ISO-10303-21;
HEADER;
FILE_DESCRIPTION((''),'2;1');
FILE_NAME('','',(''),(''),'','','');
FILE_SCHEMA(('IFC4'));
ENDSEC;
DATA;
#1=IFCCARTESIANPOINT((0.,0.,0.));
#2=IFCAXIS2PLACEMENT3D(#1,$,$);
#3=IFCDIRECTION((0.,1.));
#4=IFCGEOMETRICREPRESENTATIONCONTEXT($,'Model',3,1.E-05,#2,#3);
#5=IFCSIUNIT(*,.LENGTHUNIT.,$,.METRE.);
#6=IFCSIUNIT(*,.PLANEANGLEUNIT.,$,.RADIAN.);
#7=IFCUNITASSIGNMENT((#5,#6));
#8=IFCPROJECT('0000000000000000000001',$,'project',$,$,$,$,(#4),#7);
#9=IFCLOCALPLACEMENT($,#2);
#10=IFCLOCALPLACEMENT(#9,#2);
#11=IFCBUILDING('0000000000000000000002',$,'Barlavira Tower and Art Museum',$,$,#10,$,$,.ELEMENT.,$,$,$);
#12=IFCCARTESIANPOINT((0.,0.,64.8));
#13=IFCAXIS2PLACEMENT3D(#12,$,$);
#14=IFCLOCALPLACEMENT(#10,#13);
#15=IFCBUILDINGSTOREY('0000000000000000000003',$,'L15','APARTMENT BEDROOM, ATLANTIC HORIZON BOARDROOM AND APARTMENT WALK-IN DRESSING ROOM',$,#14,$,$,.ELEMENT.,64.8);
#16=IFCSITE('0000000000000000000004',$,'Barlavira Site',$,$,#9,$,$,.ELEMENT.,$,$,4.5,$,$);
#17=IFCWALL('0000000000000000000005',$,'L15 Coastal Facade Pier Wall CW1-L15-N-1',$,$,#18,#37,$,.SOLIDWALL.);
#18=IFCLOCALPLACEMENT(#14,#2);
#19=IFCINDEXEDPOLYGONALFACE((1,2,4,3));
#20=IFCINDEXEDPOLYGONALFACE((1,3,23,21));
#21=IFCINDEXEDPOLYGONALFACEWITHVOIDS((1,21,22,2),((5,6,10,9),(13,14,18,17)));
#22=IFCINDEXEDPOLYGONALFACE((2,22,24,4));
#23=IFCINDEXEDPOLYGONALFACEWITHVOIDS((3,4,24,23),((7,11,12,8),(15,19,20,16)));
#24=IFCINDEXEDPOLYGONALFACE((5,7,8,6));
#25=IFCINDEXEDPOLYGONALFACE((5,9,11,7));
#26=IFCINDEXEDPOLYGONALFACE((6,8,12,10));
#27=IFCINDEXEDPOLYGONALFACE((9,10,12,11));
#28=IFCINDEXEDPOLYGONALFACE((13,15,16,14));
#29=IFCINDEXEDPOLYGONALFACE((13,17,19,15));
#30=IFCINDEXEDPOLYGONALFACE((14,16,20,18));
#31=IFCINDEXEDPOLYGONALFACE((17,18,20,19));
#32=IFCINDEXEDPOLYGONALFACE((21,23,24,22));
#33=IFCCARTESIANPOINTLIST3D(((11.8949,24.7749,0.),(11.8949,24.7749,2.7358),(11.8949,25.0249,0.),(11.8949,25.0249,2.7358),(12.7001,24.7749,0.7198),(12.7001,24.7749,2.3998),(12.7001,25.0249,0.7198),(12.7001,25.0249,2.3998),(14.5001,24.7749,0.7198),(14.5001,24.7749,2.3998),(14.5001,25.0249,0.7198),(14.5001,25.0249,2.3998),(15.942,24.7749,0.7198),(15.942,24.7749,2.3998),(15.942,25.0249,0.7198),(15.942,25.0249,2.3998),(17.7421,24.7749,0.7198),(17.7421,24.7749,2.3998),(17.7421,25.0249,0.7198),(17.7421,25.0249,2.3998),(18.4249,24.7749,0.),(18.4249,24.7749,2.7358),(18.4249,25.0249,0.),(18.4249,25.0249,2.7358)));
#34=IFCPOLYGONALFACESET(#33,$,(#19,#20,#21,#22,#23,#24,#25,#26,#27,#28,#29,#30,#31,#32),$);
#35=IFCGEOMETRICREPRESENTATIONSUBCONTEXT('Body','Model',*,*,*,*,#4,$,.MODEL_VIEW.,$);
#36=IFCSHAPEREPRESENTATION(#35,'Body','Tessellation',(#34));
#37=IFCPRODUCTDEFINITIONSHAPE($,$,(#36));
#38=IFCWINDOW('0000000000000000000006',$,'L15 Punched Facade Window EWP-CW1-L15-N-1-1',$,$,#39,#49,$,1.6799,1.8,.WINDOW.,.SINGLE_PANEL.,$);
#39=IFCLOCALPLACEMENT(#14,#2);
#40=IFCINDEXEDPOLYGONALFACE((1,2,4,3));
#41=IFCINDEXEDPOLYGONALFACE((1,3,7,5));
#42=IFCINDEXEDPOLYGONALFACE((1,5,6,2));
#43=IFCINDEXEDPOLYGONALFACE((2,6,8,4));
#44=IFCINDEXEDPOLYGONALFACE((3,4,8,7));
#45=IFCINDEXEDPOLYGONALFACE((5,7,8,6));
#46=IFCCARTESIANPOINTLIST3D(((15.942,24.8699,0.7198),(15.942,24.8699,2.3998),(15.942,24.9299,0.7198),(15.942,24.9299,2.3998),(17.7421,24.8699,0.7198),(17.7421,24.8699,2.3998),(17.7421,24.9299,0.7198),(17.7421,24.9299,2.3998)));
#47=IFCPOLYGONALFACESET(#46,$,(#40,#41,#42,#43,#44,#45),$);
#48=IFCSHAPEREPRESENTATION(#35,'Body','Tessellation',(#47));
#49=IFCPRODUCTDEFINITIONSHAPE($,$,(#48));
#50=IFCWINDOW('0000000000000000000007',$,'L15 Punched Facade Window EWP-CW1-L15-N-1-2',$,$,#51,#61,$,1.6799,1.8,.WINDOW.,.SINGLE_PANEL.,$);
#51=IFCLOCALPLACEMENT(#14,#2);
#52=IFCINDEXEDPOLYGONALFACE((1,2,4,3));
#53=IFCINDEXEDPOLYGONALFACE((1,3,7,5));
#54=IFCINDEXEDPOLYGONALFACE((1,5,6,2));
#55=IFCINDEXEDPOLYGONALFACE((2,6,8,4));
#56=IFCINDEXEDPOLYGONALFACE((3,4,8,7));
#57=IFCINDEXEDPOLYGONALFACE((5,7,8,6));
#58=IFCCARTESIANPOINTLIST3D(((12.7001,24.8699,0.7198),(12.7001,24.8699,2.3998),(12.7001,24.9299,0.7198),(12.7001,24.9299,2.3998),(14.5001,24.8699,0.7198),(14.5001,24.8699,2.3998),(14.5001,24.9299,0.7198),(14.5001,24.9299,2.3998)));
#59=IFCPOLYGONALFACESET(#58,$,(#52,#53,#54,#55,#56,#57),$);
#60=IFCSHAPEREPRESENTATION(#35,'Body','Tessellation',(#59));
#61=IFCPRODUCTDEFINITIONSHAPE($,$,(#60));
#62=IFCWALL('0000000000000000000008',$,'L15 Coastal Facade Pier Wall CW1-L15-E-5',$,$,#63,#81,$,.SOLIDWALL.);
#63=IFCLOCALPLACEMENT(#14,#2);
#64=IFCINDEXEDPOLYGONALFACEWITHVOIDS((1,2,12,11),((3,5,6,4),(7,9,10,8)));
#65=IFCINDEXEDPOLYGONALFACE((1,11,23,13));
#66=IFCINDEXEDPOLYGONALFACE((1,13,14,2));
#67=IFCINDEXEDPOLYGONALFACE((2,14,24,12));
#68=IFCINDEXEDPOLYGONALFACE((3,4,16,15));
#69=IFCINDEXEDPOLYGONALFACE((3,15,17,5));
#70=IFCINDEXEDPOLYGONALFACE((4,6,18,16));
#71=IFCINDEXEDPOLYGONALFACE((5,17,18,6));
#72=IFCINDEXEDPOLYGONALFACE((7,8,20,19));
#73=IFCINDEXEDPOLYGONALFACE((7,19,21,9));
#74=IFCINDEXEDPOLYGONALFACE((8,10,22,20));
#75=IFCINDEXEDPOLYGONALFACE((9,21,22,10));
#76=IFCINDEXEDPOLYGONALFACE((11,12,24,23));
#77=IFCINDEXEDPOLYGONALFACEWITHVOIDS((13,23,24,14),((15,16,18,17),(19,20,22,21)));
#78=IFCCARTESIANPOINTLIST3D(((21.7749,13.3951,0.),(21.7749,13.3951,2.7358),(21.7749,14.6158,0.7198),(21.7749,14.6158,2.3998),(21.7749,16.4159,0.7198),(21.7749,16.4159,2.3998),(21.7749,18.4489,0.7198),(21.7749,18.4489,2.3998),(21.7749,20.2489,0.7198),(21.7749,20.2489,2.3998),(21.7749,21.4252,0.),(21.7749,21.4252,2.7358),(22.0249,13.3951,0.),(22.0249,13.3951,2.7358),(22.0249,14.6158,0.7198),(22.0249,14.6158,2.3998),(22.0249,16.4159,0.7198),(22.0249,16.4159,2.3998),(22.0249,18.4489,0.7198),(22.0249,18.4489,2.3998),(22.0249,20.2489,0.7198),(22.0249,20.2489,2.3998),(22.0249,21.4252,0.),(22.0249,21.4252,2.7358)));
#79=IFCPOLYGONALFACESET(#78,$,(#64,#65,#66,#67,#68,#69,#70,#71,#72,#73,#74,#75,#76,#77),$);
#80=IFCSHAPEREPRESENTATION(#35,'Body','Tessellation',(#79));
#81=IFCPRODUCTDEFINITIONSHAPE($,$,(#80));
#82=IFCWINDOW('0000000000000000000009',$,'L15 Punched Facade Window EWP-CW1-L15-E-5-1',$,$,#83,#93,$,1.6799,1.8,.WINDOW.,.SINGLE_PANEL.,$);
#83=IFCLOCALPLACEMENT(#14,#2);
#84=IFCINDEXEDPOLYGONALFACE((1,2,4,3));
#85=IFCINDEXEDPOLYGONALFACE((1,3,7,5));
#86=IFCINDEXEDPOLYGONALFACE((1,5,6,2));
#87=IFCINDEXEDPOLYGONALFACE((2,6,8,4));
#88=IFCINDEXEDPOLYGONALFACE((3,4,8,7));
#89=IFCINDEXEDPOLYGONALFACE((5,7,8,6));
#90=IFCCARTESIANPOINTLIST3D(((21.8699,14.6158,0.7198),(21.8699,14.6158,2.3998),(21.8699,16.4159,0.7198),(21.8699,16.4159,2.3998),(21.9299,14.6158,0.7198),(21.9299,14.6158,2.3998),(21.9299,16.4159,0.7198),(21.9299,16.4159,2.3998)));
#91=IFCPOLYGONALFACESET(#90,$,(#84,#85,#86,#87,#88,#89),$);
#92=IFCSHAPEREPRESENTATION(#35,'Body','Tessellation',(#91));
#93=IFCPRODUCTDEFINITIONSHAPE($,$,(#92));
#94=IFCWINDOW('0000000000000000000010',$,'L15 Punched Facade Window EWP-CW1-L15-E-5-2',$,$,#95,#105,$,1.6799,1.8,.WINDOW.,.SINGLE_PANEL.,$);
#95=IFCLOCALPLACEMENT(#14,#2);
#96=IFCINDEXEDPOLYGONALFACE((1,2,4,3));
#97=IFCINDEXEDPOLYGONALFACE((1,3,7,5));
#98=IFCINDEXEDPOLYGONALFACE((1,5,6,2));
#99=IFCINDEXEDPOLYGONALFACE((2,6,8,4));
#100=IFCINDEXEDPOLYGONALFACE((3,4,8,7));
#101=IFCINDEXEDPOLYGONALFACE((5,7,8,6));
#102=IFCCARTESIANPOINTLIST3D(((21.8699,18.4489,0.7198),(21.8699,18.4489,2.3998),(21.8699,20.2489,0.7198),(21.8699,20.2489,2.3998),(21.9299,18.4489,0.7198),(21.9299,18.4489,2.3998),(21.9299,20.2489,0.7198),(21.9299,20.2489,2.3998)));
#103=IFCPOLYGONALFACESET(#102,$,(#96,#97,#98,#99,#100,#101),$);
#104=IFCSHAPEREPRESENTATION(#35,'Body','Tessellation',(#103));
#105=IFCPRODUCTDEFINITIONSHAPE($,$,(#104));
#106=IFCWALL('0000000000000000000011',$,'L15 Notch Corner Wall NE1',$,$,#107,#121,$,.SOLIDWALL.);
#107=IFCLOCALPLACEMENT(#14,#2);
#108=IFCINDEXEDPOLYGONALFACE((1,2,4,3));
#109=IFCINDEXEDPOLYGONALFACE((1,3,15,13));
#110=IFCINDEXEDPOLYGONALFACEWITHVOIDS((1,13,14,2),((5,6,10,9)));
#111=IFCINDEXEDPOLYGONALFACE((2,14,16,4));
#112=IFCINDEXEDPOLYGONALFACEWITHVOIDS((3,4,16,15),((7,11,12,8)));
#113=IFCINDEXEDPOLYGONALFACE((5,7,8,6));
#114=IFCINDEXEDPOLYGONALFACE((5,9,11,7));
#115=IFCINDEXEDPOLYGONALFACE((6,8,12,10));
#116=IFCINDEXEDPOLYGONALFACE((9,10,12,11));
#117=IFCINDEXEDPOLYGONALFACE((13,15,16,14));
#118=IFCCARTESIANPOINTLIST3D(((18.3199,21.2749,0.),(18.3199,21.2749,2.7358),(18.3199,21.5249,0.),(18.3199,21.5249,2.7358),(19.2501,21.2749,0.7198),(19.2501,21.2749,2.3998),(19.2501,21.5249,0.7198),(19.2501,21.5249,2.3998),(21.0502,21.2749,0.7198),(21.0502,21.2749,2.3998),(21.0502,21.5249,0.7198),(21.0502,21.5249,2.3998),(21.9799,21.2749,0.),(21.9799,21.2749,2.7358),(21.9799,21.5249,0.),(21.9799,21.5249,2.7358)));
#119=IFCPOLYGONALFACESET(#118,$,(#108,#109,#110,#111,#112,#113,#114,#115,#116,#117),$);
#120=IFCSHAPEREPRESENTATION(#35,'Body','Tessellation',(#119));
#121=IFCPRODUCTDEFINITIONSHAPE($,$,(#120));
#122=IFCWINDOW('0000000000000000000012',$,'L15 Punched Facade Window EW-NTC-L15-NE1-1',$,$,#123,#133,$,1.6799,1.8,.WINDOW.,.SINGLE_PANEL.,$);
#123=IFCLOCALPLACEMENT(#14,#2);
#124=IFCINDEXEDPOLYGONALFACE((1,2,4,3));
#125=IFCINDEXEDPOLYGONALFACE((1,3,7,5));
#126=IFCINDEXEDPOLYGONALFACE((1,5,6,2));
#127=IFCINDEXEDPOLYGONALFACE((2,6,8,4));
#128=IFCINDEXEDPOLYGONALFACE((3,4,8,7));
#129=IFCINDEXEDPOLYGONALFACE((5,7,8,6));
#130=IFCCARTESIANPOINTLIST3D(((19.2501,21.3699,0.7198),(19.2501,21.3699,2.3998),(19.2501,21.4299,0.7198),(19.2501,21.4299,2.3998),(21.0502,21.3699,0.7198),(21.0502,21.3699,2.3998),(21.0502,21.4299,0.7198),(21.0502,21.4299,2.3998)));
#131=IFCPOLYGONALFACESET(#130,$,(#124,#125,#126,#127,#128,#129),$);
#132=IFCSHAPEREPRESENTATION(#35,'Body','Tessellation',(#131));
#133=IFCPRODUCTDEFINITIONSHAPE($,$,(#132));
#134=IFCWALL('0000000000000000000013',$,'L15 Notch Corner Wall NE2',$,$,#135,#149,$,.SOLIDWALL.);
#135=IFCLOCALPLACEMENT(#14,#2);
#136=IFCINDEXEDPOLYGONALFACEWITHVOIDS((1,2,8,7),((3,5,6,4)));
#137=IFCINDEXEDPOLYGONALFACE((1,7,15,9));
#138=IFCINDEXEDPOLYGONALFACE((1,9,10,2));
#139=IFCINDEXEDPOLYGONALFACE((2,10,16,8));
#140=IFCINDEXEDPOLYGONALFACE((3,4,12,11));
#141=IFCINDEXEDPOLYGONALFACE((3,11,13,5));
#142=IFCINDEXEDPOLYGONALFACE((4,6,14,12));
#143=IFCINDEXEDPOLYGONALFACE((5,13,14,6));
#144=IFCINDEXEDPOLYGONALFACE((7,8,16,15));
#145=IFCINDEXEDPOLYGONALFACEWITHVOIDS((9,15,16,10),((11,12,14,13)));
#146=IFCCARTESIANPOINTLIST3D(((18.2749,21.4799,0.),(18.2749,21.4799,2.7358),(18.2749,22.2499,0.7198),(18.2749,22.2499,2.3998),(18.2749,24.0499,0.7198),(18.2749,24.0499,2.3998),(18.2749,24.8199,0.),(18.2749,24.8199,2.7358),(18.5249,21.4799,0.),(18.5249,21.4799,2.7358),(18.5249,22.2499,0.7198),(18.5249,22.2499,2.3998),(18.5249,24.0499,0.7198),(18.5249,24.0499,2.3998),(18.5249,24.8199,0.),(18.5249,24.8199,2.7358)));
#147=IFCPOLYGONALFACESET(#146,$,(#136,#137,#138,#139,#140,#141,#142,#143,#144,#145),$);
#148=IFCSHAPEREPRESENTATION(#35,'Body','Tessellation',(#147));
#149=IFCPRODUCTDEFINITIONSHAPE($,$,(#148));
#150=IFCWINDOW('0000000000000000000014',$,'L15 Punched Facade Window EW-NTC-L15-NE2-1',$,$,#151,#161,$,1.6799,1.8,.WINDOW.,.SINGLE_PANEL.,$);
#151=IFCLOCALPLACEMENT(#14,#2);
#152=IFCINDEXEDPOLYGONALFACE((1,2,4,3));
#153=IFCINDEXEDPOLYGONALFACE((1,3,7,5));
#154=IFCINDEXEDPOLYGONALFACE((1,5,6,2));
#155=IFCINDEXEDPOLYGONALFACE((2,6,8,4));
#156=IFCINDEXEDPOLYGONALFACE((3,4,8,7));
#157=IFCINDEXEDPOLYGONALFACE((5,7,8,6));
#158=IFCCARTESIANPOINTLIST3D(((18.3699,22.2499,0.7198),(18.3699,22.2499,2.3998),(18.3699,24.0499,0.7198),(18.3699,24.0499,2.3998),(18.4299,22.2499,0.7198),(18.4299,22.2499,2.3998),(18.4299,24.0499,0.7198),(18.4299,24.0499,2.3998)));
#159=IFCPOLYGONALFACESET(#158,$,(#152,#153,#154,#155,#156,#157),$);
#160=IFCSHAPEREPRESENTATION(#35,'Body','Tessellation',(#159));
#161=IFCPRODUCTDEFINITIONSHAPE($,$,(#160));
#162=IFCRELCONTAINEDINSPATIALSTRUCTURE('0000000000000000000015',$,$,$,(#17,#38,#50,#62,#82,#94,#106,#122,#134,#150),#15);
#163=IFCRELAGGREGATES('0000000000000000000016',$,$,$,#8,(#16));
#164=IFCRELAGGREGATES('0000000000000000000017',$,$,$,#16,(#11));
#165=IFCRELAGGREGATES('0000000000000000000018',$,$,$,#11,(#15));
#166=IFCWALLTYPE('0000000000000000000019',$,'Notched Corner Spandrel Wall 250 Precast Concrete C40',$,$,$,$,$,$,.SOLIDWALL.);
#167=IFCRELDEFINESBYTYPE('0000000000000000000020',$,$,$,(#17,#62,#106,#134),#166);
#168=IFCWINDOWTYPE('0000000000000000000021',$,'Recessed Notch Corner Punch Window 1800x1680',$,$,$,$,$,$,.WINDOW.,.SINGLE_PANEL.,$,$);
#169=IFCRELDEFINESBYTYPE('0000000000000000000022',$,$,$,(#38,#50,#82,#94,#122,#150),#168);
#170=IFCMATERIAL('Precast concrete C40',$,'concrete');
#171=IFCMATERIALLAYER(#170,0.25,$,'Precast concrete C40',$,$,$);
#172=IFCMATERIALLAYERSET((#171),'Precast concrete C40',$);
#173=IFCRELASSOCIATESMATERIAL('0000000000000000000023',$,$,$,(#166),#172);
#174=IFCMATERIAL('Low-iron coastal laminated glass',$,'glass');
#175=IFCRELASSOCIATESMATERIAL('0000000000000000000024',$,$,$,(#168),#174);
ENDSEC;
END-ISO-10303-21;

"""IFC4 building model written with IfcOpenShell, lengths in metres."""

from ifc_helpers import new_model, si_unit, direction, frame, frame_2d, origin, place, context, subcontext, project, spatial, rectangle, extrude, material, layer, layer_set, type_object, element, fill, save


model = new_model("IFC4")

# Units and contexts
model_context = context("Model", 3, precision=1e-05, world=origin(), true_north=direction((0.0, 1.0)))
body_context = subcontext(model_context, "Body", "Model", "MODEL_VIEW")
ifc_project = project(units=[si_unit("LENGTHUNIT", "METRE"), si_unit("PLANEANGLEUNIT", "RADIAN")], contexts=[model_context])

# Site, building, storey
site_placement = place(None, origin())
site = spatial("IfcSite", under=ifc_project, at=site_placement, Name="Barlavira Site", CompositionType="ELEMENT", RefElevation=4.5)
building_placement = place(site_placement, origin())
building = spatial("IfcBuilding", under=site, at=building_placement, Name="Barlavira Tower and Art Museum", CompositionType="ELEMENT")
storey_placement = place(building_placement, frame((0.0, 0.0, 64.8)))
storey = spatial("IfcBuildingStorey", under=building, at=storey_placement, Name="L15", Description="APARTMENT BEDROOM, ATLANTIC HORIZON BOARDROOM AND APARTMENT WALK-IN DRESSING ROOM", CompositionType="ELEMENT", Elevation=64.8)

# Walls, openings, windows
ifc_material_1 = material(Name="Precast concrete C40", Category="concrete")
ifc_layer_1 = layer(ifc_material_1, 0.25, Name="Precast concrete C40")
ifc_layer_set_1 = layer_set([ifc_layer_1], Name="Precast concrete C40")
wall_type_1 = type_object("IfcWallType", Name="Notched Corner Spandrel Wall 250 Precast Concrete C40", PredefinedType="SOLIDWALL", material=ifc_layer_set_1)
wall_1_placement = place(storey_placement, frame((18.425, 24.8999, 0.0), z_axis=(0.0, 0.0, 1.0), x_axis=(-1.0, 0.0, 0.0)))
wall_1 = element("IfcWall", 1, at=wall_1_placement, inside=storey, type_object=wall_type_1, Name="L15 Coastal Facade Pier Wall CW1-L15-N-1", PredefinedType="SOLIDWALL", context=body_context, shape_type="SweptSolid", body=[
    extrude(rectangle(XDim=6.53, YDim=0.25, at=frame_2d((3.2651, 0.0))), origin(), (0.0, 0.0, 1.0), 2.7358),
])
opening_1_placement = place(wall_1_placement, frame((0.6831, 0.0, 0.72)))
opening_1 = element("IfcOpeningElement", 2, at=opening_1_placement, cuts=wall_1, PredefinedType="OPENING", context=body_context, shape_type="SweptSolid", body=[
    extrude(rectangle(XDim=1.8, YDim=1.6799, at=frame_2d((0.8999, 0.8398))), frame((0.0, 0.135, 0.0), z_axis=(0.0, -1.0, 0.0), x_axis=(1.0, 0.0, 0.0)), (0.0, 0.0, 1.0), 0.27),
])
opening_2_placement = place(wall_1_placement, frame((3.925, 0.0, 0.72)))
opening_2 = element("IfcOpeningElement", 3, at=opening_2_placement, cuts=wall_1, PredefinedType="OPENING", context=body_context, shape_type="SweptSolid", body=[
    extrude(rectangle(XDim=1.8, YDim=1.6799, at=frame_2d((0.8999, 0.8398))), frame((0.0, 0.135, 0.0), z_axis=(0.0, -1.0, 0.0), x_axis=(1.0, 0.0, 0.0)), (0.0, 0.0, 1.0), 0.27),
])
ifc_material_2 = material(Name="Low-iron coastal laminated glass", Category="glass")
window_type = type_object("IfcWindowType", Name="Recessed Notch Corner Punch Window 1800x1680", PartitioningType="SINGLE_PANEL", PredefinedType="WINDOW", material=ifc_material_2)
window_1_placement = place(opening_1_placement, origin())
window_1 = element("IfcWindow", 4, at=window_1_placement, inside=storey, type_object=window_type, Name="L15 Punched Facade Window EWP-CW1-L15-N-1-1", OverallHeight=1.6799, OverallWidth=1.8, PartitioningType="SINGLE_PANEL", PredefinedType="WINDOW", context=body_context, shape_type="SweptSolid", body=[
    extrude(rectangle(XDim=1.8, YDim=1.6799, at=frame_2d((0.8999, 0.8398))), frame((0.0, 0.03, 0.0), z_axis=(0.0, -1.0, 0.0), x_axis=(1.0, 0.0, 0.0)), (0.0, 0.0, 1.0), 0.0601),
])
fill(opening_1, window_1)
window_2_placement = place(opening_2_placement, origin())
window_2 = element("IfcWindow", 5, at=window_2_placement, inside=storey, type_object=window_type, Name="L15 Punched Facade Window EWP-CW1-L15-N-1-2", OverallHeight=1.6799, OverallWidth=1.8, PartitioningType="SINGLE_PANEL", PredefinedType="WINDOW", context=body_context, shape_type="SweptSolid", body=[
    extrude(rectangle(XDim=1.8, YDim=1.6799, at=frame_2d((0.8999, 0.8398))), frame((0.0, 0.03, 0.0), z_axis=(0.0, -1.0, 0.0), x_axis=(1.0, 0.0, 0.0)), (0.0, 0.0, 1.0), 0.0601),
])
fill(opening_2, window_2)
wall_2_placement = place(storey_placement, frame((21.8999, 13.395, 0.0), z_axis=(0.0, 0.0, 1.0), x_axis=(0.0, 1.0, 0.0)))
wall_2 = element("IfcWall", 6, at=wall_2_placement, inside=storey, type_object=wall_type_1, Name="L15 Coastal Facade Pier Wall CW1-L15-E-5", PredefinedType="SOLIDWALL", context=body_context, shape_type="SweptSolid", body=[
    extrude(rectangle(XDim=8.03, YDim=0.25, at=frame_2d((4.0151, 0.0))), origin(), (0.0, 0.0, 1.0), 2.7358),
])
opening_3_placement = place(wall_2_placement, frame((1.2209, 0.0, 0.72)))
opening_3 = element("IfcOpeningElement", 7, at=opening_3_placement, cuts=wall_2, PredefinedType="OPENING", context=body_context, shape_type="SweptSolid", body=[
    extrude(rectangle(XDim=1.8, YDim=1.6799, at=frame_2d((0.8999, 0.8398))), frame((0.0, 0.135, 0.0), z_axis=(0.0, -1.0, 0.0), x_axis=(1.0, 0.0, 0.0)), (0.0, 0.0, 1.0), 0.27),
])
opening_4_placement = place(wall_2_placement, frame((5.054, 0.0, 0.72)))
opening_4 = element("IfcOpeningElement", 8, at=opening_4_placement, cuts=wall_2, PredefinedType="OPENING", context=body_context, shape_type="SweptSolid", body=[
    extrude(rectangle(XDim=1.8, YDim=1.6799, at=frame_2d((0.8999, 0.8398))), frame((0.0, 0.135, 0.0), z_axis=(0.0, -1.0, 0.0), x_axis=(1.0, 0.0, 0.0)), (0.0, 0.0, 1.0), 0.27),
])
window_3_placement = place(opening_3_placement, origin())
window_3 = element("IfcWindow", 9, at=window_3_placement, inside=storey, type_object=window_type, Name="L15 Punched Facade Window EWP-CW1-L15-E-5-1", OverallHeight=1.6799, OverallWidth=1.8, PartitioningType="SINGLE_PANEL", PredefinedType="WINDOW", context=body_context, shape_type="SweptSolid", body=[
    extrude(rectangle(XDim=1.8, YDim=1.6799, at=frame_2d((0.8999, 0.8398))), frame((0.0, 0.03, 0.0), z_axis=(0.0, -1.0, 0.0), x_axis=(1.0, 0.0, 0.0)), (0.0, 0.0, 1.0), 0.0601),
])
fill(opening_3, window_3)
window_4_placement = place(opening_4_placement, origin())
window_4 = element("IfcWindow", 10, at=window_4_placement, inside=storey, type_object=window_type, Name="L15 Punched Facade Window EWP-CW1-L15-E-5-2", OverallHeight=1.6799, OverallWidth=1.8, PartitioningType="SINGLE_PANEL", PredefinedType="WINDOW", context=body_context, shape_type="SweptSolid", body=[
    extrude(rectangle(XDim=1.8, YDim=1.6799, at=frame_2d((0.8999, 0.8398))), frame((0.0, 0.03, 0.0), z_axis=(0.0, -1.0, 0.0), x_axis=(1.0, 0.0, 0.0)), (0.0, 0.0, 1.0), 0.0601),
])
fill(opening_4, window_4)

# Walls, openings, windows
wall_3_placement = place(storey_placement, frame((21.98, 21.3999, 0.0), z_axis=(0.0, 0.0, 1.0), x_axis=(-1.0, 0.0, 0.0)))
wall_3 = element("IfcWall", 11, at=wall_3_placement, inside=storey, type_object=wall_type_1, Name="L15 Notch Corner Wall NE1", PredefinedType="SOLIDWALL", context=body_context, shape_type="SweptSolid", body=[
    extrude(rectangle(XDim=3.6599, YDim=0.25, at=frame_2d((1.8301, 0.0))), origin(), (0.0, 0.0, 1.0), 2.7358),
])
opening_5_placement = place(wall_3_placement, frame((0.9299, 0.0, 0.72)))
opening_5 = element("IfcOpeningElement", 12, at=opening_5_placement, cuts=wall_3, PredefinedType="OPENING", context=body_context, shape_type="SweptSolid", body=[
    extrude(rectangle(XDim=1.8, YDim=1.6799, at=frame_2d((0.8999, 0.8398))), frame((0.0, 0.135, 0.0), z_axis=(0.0, -1.0, 0.0), x_axis=(1.0, 0.0, 0.0)), (0.0, 0.0, 1.0), 0.27),
])
window_5_placement = place(opening_5_placement, origin())
window_5 = element("IfcWindow", 13, at=window_5_placement, inside=storey, type_object=window_type, Name="L15 Punched Facade Window EW-NTC-L15-NE1-1", OverallHeight=1.6799, OverallWidth=1.8, PartitioningType="SINGLE_PANEL", PredefinedType="WINDOW", context=body_context, shape_type="SweptSolid", body=[
    extrude(rectangle(XDim=1.8, YDim=1.6799, at=frame_2d((0.8999, 0.8398))), frame((0.0, 0.03, 0.0), z_axis=(0.0, -1.0, 0.0), x_axis=(1.0, 0.0, 0.0)), (0.0, 0.0, 1.0), 0.0601),
])
fill(opening_5, window_5)
wall_4_placement = place(storey_placement, frame((18.3999, 21.48, 0.0), z_axis=(0.0, 0.0, 1.0), x_axis=(0.0, 1.0, 0.0)))
wall_4 = element("IfcWall", 14, at=wall_4_placement, inside=storey, type_object=wall_type_1, Name="L15 Notch Corner Wall NE2", PredefinedType="SOLIDWALL", context=body_context, shape_type="SweptSolid", body=[
    extrude(rectangle(XDim=3.3401, YDim=0.25, at=frame_2d((1.6699, 0.0))), origin(), (0.0, 0.0, 1.0), 2.7358),
])
opening_6_placement = place(wall_4_placement, frame((0.77, 0.0, 0.72)))
opening_6 = element("IfcOpeningElement", 15, at=opening_6_placement, cuts=wall_4, PredefinedType="OPENING", context=body_context, shape_type="SweptSolid", body=[
    extrude(rectangle(XDim=1.8, YDim=1.6799, at=frame_2d((0.8999, 0.8398))), frame((0.0, 0.135, 0.0), z_axis=(0.0, -1.0, 0.0), x_axis=(1.0, 0.0, 0.0)), (0.0, 0.0, 1.0), 0.27),
])
window_6_placement = place(opening_6_placement, origin())
window_6 = element("IfcWindow", 16, at=window_6_placement, inside=storey, type_object=window_type, Name="L15 Punched Facade Window EW-NTC-L15-NE2-1", OverallHeight=1.6799, OverallWidth=1.8, PartitioningType="SINGLE_PANEL", PredefinedType="WINDOW", context=body_context, shape_type="SweptSolid", body=[
    extrude(rectangle(XDim=1.8, YDim=1.6799, at=frame_2d((0.8999, 0.8398))), frame((0.0, 0.03, 0.0), z_axis=(0.0, -1.0, 0.0), x_axis=(1.0, 0.0, 0.0)), (0.0, 0.0, 1.0), 0.0601),
])
fill(opening_6, window_6)

save(model, "model.ifc")
